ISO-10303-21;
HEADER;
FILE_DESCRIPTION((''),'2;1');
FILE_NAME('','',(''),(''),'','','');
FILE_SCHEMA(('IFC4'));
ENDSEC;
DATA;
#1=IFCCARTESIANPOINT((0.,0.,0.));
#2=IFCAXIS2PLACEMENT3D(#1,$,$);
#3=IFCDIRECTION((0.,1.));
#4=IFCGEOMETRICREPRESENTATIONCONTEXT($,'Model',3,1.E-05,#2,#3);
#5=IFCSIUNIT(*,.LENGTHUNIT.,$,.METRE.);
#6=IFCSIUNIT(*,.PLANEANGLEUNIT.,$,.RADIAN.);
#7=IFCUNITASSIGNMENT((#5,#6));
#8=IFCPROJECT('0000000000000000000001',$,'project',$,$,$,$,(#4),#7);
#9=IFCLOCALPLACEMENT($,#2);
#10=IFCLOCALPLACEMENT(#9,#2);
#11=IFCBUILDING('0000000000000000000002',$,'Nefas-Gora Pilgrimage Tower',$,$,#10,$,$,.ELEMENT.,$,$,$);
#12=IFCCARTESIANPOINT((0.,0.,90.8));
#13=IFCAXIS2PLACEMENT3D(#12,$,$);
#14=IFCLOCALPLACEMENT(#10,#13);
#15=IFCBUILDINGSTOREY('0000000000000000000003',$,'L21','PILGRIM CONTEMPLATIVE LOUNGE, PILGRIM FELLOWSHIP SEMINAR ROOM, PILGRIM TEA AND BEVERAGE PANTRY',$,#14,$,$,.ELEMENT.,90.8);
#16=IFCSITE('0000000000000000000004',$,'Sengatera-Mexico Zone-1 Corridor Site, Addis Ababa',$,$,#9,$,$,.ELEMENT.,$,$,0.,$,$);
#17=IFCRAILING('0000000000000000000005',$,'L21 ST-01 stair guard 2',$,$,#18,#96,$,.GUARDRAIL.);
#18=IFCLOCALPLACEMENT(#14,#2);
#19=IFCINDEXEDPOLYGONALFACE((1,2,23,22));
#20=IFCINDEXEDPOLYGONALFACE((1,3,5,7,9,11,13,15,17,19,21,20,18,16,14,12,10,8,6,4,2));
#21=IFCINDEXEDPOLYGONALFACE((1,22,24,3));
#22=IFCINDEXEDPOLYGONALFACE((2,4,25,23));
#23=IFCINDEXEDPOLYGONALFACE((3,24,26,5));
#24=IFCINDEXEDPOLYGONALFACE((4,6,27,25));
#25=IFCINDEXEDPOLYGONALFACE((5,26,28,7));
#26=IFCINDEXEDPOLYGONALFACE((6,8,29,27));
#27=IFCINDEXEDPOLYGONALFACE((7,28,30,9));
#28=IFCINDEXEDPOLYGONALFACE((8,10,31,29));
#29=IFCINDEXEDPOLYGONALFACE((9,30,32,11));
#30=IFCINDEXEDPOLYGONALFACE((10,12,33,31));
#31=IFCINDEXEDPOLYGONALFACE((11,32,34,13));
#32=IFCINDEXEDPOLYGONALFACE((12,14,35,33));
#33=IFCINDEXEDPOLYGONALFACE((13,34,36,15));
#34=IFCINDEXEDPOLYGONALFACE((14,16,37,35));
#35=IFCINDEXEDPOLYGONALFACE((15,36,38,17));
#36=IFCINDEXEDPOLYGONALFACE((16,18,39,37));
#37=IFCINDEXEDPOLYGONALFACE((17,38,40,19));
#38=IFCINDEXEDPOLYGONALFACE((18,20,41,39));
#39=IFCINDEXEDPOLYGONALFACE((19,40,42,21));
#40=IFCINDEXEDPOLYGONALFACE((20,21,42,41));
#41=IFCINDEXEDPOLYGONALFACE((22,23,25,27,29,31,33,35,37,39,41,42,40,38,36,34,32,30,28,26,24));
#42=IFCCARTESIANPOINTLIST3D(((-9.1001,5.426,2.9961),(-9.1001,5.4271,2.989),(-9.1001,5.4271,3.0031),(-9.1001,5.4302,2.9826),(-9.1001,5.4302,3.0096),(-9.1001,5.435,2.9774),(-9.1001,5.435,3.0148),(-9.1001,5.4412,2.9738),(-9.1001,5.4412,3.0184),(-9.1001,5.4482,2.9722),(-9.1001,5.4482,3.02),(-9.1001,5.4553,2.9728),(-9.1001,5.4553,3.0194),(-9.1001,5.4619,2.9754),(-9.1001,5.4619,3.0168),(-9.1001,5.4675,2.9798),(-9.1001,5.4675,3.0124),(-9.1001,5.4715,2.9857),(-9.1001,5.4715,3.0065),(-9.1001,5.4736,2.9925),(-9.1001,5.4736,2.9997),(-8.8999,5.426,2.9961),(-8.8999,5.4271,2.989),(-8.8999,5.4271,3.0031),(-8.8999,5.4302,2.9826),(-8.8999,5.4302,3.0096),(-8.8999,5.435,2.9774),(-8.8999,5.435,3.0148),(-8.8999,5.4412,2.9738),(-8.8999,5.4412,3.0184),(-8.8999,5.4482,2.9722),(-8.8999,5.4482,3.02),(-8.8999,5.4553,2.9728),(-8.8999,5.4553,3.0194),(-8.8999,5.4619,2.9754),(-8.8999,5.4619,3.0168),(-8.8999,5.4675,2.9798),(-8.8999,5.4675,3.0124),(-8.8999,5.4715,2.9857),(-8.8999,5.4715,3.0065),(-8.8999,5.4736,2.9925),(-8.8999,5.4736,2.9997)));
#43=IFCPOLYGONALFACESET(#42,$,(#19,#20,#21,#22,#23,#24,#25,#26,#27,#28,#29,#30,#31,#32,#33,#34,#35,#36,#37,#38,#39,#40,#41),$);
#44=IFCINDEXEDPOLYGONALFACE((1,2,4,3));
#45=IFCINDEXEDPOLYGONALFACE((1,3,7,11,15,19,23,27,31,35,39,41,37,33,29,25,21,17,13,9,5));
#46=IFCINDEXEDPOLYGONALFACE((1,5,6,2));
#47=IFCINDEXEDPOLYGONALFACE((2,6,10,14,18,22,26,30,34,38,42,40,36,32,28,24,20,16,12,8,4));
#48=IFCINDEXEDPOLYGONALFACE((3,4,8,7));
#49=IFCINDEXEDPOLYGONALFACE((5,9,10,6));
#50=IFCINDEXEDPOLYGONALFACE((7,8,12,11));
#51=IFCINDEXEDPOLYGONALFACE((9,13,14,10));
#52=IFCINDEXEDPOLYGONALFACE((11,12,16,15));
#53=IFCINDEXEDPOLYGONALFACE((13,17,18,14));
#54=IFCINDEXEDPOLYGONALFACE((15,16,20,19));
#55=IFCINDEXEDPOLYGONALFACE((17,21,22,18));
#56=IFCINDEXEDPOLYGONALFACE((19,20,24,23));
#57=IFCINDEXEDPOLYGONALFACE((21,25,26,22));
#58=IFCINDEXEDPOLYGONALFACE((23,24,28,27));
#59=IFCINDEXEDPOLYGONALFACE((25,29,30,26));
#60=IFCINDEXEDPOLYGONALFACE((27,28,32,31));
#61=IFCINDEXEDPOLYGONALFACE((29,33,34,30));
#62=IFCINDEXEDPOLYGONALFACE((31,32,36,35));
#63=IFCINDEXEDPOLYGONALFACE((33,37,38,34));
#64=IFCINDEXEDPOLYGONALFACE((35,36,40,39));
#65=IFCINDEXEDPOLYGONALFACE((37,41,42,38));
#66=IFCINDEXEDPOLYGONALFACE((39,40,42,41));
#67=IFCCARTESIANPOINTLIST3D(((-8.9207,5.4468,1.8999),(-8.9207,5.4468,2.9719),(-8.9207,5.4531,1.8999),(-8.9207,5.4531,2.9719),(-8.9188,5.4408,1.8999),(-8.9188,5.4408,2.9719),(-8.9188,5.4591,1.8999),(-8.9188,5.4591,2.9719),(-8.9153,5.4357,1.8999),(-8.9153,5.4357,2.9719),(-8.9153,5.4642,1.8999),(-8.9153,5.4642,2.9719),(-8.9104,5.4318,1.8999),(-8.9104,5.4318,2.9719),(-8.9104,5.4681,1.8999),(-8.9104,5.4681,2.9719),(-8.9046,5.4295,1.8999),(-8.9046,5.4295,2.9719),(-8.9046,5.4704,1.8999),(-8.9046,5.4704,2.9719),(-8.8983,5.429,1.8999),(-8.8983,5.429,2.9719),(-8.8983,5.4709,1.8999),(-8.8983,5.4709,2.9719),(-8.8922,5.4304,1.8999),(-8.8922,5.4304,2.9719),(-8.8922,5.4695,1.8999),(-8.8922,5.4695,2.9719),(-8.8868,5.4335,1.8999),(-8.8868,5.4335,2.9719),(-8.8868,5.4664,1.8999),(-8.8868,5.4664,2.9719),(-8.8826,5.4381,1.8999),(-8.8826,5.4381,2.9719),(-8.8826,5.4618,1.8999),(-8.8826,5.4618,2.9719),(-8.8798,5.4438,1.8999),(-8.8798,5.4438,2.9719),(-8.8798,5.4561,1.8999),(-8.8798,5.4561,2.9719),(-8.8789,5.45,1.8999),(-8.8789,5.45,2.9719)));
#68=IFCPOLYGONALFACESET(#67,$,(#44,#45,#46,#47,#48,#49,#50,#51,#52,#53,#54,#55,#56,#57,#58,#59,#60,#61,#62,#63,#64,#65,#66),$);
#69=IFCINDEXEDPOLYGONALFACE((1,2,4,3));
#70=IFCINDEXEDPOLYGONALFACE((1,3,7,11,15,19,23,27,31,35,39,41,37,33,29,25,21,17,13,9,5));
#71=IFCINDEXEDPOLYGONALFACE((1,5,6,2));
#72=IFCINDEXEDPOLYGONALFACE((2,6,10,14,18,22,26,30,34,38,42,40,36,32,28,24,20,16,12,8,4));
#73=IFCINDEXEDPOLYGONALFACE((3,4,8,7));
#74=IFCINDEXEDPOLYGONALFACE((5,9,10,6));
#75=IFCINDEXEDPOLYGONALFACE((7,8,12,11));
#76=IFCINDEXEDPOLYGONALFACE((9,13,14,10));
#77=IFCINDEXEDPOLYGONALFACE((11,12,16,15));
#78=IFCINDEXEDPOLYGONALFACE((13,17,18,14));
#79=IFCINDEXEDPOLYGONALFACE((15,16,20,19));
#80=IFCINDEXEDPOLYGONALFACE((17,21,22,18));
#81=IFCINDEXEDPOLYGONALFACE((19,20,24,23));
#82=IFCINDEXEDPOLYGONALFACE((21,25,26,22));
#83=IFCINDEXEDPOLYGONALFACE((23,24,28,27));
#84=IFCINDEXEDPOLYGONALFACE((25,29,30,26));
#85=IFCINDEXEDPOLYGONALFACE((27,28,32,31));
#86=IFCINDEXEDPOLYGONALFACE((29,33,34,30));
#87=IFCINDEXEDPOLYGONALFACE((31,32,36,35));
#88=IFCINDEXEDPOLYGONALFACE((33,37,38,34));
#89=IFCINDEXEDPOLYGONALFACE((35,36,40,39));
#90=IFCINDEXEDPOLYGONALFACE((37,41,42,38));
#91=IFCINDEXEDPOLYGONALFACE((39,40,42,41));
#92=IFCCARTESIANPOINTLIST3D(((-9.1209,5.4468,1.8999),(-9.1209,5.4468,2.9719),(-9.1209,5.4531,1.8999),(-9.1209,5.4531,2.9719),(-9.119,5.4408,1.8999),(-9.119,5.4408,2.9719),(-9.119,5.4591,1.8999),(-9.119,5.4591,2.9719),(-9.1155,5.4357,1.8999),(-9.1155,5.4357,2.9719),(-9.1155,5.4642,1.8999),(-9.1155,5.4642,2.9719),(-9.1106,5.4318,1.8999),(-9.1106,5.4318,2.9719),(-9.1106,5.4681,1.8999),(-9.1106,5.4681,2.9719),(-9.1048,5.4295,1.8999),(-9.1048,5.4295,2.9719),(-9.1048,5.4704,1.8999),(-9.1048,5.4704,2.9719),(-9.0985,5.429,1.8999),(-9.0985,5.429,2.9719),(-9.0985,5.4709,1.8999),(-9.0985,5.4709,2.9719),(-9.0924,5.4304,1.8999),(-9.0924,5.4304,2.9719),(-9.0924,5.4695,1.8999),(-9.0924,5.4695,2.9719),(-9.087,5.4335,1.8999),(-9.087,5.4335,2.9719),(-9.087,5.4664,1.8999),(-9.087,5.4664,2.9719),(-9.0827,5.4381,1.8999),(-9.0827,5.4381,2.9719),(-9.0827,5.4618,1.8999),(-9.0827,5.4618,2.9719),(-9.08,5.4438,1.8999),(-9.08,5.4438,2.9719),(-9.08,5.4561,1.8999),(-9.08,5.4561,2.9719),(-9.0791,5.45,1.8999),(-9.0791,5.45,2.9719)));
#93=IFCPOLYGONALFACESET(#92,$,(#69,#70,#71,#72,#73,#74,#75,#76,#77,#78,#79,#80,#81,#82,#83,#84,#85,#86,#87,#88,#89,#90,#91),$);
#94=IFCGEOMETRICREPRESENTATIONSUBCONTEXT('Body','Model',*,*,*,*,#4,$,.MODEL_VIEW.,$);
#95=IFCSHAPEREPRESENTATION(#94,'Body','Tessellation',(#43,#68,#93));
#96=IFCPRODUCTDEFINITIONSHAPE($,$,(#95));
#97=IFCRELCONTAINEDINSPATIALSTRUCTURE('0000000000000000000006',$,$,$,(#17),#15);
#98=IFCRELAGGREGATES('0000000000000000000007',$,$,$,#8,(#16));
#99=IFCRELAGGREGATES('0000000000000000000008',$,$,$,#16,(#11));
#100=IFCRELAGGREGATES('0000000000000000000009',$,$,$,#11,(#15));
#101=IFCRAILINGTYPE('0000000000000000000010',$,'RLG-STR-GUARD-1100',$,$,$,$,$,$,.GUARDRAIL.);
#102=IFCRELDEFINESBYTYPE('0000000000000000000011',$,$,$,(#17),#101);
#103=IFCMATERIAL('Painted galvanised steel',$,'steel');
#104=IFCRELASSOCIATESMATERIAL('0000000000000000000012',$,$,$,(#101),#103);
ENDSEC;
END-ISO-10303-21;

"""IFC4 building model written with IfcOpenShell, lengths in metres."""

from ifc_helpers import new_model, si_unit, direction, frame, origin, origin_2d, place, context, subcontext, project, spatial, circle, extrude, material, type_object, element, save


model = new_model("IFC4")

# Units and contexts
model_context = context("Model", 3, precision=1e-05, world=origin(), true_north=direction((0.0, 1.0)))
body_context = subcontext(model_context, "Body", "Model", "MODEL_VIEW")
ifc_project = project(units=[si_unit("LENGTHUNIT", "METRE"), si_unit("PLANEANGLEUNIT", "RADIAN")], contexts=[model_context])

# Site, building, storey
site_placement = place(None, origin())
site = spatial("IfcSite", under=ifc_project, at=site_placement, Name="Sengatera-Mexico Zone-1 Corridor Site, Addis Ababa", CompositionType="ELEMENT", RefElevation=0.0)
building_placement = place(site_placement, origin())
building = spatial("IfcBuilding", under=site, at=building_placement, Name="Nefas-Gora Pilgrimage Tower", CompositionType="ELEMENT")
storey_placement = place(building_placement, frame((0.0, 0.0, 90.8)))
storey = spatial("IfcBuildingStorey", under=building, at=storey_placement, Name="L21", Description="PILGRIM CONTEMPLATIVE LOUNGE, PILGRIM FELLOWSHIP SEMINAR ROOM, PILGRIM TEA AND BEVERAGE PANTRY", CompositionType="ELEMENT", Elevation=90.8)

# Railing
ifc_material_1 = material(Name="Painted galvanised steel", Category="steel")
railing_type_1 = type_object("IfcRailingType", Name="RLG-STR-GUARD-1100", PredefinedType="GUARDRAIL", material=ifc_material_1)
railing_1_placement = place(storey_placement, frame((-8.8999, 5.45, 1.8999)))
element("IfcRailing", 1, at=railing_1_placement, inside=storey, type_object=railing_type_1, Name="L21 ST-01 stair guard 2", PredefinedType="GUARDRAIL", context=body_context, shape_type="SweptSolid", body=[
    extrude(circle(Radius=0.0239, at=origin_2d()), frame((0.0, 0.0, 1.0962), z_axis=(-1.0, 0.0, 0.0), x_axis=(0.0, -1.0, 0.0)), (0.0, 0.0, 1.0), 0.2002),
    extrude(circle(Radius=0.021, at=origin_2d()), origin(), (0.0, 0.0, 1.0), 1.072),
    extrude(circle(Radius=0.021, at=origin_2d()), frame((-0.2002, 0.0, 0.0)), (0.0, 0.0, 1.0), 1.072),
])

save(model, "model.ifc")
